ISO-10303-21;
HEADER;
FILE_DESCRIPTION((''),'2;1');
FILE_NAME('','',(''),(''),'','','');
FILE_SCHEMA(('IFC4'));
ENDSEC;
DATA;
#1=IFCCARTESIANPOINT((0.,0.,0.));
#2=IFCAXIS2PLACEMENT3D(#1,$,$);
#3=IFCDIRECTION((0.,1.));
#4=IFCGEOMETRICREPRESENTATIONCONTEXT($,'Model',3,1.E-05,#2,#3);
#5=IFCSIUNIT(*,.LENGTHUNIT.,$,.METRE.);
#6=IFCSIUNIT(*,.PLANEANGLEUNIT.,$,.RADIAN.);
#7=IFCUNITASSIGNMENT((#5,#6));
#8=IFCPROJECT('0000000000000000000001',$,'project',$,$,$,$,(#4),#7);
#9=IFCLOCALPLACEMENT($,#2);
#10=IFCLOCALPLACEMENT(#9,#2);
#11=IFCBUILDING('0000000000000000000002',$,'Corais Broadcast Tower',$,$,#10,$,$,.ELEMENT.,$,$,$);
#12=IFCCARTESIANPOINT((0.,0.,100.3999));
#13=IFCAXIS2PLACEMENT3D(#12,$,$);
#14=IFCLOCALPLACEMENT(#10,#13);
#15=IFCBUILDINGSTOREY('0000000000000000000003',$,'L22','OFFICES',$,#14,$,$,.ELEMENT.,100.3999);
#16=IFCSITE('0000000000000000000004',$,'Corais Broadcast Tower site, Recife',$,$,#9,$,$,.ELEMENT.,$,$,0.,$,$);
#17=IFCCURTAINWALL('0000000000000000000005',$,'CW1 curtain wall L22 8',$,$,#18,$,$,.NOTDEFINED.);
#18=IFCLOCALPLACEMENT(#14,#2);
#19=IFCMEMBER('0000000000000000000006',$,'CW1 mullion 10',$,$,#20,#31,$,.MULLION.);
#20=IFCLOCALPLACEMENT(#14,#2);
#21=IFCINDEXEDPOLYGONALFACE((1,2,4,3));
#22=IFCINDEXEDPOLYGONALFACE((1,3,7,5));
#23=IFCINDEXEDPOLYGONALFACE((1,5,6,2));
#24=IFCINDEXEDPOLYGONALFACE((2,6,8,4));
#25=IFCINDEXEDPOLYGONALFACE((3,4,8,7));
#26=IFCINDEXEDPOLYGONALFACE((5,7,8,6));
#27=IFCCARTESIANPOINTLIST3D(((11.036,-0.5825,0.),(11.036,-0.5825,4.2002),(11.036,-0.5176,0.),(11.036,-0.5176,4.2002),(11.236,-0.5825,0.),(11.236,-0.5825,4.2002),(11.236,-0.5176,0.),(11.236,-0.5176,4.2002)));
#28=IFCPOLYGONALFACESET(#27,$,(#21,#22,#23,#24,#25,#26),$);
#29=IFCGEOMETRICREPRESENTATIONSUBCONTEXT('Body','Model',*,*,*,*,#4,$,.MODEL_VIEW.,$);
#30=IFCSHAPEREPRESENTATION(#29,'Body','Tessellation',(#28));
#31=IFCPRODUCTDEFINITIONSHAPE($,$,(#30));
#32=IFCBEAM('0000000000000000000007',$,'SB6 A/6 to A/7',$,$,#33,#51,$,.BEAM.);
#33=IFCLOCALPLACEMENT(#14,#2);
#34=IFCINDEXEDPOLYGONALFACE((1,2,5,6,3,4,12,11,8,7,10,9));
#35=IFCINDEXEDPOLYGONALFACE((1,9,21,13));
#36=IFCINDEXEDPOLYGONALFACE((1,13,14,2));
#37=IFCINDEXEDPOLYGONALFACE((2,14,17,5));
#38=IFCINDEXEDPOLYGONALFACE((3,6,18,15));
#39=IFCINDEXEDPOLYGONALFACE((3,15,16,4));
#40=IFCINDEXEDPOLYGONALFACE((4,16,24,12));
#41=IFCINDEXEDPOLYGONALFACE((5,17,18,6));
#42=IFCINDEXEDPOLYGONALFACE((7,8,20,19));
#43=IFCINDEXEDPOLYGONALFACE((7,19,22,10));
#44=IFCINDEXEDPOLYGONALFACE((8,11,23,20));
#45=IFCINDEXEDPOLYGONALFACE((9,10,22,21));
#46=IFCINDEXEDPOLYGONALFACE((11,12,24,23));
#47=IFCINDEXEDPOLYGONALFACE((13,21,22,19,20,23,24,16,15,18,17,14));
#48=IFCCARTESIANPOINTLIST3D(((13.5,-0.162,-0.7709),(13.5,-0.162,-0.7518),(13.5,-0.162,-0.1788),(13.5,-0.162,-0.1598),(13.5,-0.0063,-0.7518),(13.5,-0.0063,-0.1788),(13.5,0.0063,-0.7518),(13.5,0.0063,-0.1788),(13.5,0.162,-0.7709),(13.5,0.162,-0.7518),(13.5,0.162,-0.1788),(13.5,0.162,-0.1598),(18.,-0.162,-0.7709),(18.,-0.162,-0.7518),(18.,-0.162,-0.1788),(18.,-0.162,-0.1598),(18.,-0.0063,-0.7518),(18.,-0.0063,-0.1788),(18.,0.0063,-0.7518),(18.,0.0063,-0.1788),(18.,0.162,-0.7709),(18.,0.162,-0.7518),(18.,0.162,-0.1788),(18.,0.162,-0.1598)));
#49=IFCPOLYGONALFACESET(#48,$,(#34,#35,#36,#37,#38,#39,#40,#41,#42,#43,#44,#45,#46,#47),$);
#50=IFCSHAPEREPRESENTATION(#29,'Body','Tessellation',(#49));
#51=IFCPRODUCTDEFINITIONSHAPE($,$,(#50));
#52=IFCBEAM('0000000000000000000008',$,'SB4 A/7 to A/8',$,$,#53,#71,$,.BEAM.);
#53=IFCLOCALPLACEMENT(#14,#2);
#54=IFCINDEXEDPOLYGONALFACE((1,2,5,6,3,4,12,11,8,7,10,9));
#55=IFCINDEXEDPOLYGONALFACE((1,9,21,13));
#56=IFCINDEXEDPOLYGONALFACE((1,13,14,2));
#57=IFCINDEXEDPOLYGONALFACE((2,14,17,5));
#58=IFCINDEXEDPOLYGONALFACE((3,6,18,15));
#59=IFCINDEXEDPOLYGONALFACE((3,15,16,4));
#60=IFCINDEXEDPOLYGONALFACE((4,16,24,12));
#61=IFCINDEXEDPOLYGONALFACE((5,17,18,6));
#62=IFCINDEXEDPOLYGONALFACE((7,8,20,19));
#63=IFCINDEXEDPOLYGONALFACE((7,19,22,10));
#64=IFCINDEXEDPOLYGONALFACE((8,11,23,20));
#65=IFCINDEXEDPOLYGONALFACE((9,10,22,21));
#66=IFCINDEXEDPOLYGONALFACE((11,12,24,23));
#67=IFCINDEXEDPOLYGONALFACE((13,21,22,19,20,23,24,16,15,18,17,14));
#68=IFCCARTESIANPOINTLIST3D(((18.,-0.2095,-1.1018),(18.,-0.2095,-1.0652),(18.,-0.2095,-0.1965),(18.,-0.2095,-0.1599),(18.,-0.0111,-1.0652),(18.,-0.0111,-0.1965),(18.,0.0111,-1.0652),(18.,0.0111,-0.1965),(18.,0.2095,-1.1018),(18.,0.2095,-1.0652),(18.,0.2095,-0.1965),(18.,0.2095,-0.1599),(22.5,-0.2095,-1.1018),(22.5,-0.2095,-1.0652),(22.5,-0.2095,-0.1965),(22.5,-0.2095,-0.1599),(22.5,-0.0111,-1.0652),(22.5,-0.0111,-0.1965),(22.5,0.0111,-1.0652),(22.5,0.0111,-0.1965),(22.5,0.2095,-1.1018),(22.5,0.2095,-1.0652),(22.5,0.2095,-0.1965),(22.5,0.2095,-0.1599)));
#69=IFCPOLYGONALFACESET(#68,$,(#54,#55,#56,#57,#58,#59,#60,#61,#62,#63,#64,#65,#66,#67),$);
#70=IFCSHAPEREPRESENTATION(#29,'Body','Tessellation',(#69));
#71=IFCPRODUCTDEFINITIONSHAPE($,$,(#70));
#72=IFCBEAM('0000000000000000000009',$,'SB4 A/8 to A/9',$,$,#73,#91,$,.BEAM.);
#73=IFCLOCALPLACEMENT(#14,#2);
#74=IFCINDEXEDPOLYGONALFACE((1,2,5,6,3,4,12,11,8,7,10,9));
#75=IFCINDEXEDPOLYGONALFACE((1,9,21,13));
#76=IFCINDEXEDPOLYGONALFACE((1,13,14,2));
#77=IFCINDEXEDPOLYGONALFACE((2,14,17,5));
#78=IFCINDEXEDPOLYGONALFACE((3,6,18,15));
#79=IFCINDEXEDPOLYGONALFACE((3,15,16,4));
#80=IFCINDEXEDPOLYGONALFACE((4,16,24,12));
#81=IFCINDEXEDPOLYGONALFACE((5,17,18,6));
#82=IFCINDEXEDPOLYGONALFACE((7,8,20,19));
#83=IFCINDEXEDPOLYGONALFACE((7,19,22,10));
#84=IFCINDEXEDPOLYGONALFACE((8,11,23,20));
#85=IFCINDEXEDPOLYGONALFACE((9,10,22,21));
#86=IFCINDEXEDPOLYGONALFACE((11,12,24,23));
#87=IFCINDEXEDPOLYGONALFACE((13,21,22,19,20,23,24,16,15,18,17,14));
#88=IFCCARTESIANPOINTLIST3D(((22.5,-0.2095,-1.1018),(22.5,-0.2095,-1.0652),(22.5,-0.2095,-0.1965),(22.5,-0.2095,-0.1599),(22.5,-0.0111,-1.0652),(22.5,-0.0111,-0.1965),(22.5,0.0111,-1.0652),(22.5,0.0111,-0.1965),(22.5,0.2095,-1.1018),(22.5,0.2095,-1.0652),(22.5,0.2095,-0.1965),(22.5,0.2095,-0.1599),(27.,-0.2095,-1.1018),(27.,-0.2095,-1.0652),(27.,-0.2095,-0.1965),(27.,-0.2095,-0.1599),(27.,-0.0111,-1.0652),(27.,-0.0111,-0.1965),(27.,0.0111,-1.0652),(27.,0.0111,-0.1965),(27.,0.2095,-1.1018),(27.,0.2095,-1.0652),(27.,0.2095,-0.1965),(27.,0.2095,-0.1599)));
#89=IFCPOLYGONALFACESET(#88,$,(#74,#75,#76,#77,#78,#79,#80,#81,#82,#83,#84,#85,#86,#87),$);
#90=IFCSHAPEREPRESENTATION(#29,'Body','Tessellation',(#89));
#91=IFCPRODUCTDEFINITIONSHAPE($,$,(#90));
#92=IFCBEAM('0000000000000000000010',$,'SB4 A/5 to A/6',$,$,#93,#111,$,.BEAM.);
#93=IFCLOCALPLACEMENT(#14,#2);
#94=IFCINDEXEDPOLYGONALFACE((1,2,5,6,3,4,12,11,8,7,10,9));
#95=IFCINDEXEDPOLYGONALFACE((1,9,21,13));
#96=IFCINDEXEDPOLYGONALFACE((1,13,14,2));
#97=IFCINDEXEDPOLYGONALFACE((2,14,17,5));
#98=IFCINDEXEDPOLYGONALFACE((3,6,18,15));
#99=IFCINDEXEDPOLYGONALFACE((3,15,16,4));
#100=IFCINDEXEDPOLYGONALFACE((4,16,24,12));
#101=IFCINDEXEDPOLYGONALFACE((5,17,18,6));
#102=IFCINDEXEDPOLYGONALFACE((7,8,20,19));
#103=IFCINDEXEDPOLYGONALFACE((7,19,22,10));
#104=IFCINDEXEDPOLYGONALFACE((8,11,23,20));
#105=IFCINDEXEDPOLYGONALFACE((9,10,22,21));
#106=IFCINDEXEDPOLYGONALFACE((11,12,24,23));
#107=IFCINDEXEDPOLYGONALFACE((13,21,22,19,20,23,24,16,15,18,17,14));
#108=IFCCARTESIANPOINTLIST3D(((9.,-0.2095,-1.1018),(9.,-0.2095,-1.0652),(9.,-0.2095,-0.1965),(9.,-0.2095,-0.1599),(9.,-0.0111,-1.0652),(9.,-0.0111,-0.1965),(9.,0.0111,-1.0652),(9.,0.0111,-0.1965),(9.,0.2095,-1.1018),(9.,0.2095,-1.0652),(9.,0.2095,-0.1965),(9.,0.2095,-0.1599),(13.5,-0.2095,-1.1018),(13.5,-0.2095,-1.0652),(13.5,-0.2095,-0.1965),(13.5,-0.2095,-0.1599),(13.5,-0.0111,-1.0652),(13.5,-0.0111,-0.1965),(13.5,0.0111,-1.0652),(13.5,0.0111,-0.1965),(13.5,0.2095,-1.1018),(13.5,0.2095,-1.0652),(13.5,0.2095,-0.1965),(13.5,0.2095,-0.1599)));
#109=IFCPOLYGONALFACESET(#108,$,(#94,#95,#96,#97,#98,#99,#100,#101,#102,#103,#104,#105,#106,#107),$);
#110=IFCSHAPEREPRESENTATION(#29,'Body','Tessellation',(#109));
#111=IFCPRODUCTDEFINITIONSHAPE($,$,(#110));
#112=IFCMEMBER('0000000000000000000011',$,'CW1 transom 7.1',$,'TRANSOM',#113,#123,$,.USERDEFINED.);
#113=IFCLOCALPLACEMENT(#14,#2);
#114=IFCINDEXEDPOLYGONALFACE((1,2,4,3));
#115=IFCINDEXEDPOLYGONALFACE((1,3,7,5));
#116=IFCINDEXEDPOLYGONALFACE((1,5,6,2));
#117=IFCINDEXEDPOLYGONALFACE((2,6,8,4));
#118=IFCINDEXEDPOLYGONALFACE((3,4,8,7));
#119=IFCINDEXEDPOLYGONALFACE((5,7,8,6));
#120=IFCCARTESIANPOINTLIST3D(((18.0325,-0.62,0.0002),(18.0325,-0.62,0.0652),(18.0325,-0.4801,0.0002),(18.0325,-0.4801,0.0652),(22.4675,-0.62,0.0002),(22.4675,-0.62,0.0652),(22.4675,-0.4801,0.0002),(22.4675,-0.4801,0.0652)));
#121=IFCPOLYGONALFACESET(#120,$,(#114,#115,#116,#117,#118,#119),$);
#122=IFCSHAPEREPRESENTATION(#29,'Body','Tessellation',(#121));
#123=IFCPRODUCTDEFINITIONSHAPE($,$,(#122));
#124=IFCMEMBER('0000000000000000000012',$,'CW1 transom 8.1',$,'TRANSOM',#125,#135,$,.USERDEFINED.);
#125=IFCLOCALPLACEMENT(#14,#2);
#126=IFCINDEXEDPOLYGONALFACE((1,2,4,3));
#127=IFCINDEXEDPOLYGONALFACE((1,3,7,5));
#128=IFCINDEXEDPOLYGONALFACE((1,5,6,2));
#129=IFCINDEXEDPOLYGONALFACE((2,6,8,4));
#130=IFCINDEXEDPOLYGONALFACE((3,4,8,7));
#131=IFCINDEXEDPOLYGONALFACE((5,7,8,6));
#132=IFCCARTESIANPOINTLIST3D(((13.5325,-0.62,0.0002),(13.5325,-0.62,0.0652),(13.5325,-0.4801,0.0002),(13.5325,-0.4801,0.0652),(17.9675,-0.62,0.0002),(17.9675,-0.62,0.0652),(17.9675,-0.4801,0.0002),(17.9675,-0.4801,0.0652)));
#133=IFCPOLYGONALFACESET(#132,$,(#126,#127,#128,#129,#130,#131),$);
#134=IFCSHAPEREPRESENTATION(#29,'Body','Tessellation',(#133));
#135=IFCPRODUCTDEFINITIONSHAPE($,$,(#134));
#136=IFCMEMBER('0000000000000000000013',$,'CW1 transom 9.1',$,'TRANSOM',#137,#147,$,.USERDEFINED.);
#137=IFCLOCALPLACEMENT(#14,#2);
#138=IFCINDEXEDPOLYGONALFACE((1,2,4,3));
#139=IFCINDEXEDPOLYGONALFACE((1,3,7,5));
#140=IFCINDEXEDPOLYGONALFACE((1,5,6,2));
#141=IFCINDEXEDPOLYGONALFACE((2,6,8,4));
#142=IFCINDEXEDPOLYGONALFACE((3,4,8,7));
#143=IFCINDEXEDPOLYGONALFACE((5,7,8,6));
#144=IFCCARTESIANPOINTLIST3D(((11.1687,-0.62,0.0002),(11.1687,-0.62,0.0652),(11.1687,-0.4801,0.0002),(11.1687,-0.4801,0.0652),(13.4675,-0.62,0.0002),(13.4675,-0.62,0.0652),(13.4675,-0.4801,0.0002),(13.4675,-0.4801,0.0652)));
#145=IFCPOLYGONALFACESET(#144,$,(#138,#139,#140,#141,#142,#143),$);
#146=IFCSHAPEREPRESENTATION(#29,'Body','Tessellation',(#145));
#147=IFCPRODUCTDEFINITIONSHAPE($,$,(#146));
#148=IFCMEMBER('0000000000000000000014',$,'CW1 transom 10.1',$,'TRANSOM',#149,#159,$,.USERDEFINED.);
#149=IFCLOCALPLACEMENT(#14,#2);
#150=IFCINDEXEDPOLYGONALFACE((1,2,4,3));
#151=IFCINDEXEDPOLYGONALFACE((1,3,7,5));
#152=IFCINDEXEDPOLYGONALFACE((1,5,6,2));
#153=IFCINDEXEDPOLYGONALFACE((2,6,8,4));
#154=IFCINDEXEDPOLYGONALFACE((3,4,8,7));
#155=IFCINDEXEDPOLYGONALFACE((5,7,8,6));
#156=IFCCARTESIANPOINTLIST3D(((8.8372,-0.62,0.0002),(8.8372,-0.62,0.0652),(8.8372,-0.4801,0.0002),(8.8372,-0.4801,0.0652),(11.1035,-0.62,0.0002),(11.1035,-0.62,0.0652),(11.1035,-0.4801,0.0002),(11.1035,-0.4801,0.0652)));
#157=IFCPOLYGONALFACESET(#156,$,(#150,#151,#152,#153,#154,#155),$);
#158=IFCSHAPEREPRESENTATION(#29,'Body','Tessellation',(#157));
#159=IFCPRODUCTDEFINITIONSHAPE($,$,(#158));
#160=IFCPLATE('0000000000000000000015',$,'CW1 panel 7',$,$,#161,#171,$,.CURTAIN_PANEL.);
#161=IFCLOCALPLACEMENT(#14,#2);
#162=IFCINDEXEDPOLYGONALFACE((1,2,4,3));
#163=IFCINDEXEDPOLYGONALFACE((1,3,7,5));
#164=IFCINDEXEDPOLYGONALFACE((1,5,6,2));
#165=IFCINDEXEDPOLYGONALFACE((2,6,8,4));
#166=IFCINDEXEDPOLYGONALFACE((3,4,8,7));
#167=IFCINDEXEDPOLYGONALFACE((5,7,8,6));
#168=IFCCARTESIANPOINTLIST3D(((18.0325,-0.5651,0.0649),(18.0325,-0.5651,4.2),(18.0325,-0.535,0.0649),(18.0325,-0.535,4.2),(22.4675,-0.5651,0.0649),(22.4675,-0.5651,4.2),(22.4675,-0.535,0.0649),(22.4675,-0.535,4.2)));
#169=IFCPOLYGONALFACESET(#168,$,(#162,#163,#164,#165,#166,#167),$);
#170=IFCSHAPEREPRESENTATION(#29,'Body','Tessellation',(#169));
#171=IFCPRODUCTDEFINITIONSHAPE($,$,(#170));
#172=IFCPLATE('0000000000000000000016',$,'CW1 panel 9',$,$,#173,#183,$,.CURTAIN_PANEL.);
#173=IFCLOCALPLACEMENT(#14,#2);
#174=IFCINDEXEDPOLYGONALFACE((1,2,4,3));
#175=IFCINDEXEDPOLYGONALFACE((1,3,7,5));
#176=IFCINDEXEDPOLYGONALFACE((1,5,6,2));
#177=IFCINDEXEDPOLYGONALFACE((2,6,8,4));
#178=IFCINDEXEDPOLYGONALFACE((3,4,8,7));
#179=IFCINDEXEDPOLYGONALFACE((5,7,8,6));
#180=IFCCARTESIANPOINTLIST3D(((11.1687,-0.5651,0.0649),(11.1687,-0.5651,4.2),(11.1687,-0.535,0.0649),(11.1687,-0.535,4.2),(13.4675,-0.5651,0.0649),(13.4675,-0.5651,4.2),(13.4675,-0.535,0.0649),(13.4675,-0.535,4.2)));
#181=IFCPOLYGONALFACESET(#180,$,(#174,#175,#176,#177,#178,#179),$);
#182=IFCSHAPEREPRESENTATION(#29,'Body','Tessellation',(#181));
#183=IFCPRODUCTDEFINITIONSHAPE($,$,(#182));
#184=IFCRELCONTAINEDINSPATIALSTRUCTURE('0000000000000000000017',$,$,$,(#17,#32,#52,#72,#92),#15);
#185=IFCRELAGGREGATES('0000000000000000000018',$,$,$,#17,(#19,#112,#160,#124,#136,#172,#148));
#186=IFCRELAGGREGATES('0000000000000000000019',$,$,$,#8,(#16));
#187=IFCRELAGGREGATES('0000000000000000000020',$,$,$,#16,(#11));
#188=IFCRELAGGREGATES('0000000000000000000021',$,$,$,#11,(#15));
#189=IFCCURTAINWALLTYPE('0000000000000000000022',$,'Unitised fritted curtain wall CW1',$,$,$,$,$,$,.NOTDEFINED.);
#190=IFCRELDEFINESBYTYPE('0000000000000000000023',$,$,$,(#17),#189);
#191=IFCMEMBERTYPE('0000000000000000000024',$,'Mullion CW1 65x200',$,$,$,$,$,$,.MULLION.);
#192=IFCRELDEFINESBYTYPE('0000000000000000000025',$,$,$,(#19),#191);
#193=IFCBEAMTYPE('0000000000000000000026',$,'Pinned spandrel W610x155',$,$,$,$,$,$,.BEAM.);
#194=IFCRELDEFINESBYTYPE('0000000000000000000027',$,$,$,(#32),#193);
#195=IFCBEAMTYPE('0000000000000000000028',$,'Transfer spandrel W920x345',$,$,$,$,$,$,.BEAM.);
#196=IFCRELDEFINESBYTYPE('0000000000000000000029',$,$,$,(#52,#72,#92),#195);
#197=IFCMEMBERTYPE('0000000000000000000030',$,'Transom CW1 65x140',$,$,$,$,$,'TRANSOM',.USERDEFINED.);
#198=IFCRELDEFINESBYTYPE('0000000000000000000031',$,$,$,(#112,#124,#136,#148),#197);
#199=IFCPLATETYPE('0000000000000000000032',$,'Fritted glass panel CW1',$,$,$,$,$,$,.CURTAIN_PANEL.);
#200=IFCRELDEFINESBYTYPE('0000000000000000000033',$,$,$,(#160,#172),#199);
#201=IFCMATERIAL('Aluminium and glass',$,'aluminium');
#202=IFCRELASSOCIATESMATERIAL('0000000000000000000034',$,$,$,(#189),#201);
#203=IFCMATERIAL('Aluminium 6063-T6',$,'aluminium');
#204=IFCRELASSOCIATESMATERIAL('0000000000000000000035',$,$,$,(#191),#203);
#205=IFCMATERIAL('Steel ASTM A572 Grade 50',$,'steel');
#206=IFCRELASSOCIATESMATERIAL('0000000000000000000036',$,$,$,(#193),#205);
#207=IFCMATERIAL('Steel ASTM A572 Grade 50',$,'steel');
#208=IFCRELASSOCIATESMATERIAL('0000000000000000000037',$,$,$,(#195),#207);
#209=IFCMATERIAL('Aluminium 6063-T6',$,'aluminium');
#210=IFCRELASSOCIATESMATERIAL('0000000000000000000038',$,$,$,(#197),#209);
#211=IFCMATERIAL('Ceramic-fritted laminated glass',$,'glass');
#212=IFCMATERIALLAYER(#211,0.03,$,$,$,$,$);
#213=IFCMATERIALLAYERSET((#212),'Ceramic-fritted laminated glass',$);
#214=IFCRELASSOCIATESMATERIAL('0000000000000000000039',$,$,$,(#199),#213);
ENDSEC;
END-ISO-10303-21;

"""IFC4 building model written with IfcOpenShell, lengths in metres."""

from ifc_helpers import new_model, si_unit, direction, frame, origin, origin_2d, place, context, subcontext, project, spatial, rectangle, i_section, extrude, material, layer, layer_set, material_profile, profile_set, type_object, element, aggregate, save


model = new_model("IFC4")

# Units and contexts
model_context = context("Model", 3, precision=1e-05, world=origin(), true_north=direction((0.0, 1.0)))
body_context = subcontext(model_context, "Body", "Model", "MODEL_VIEW")
ifc_project = project(units=[si_unit("LENGTHUNIT", "METRE"), si_unit("PLANEANGLEUNIT", "RADIAN")], contexts=[model_context])

# Site, building, storey
site_placement = place(None, origin())
site = spatial("IfcSite", under=ifc_project, at=site_placement, Name="Corais Broadcast Tower site, Recife", CompositionType="ELEMENT", RefElevation=0.0)
building_placement = place(site_placement, origin())
building = spatial("IfcBuilding", under=site, at=building_placement, Name="Corais Broadcast Tower", CompositionType="ELEMENT")
storey_placement = place(building_placement, frame((0.0, 0.0, 100.3999)))
storey = spatial("IfcBuildingStorey", under=building, at=storey_placement, Name="L22", Description="OFFICES", CompositionType="ELEMENT", Elevation=100.3999)

# Curtain wall, member
ifc_material_1 = material(Name="Aluminium and glass", Category="aluminium")
curtain_wall_type = type_object("IfcCurtainWallType", Name="Unitised fritted curtain wall CW1", PredefinedType="NOTDEFINED", material=ifc_material_1)
curtain_wall_placement = place(storey_placement, origin())
curtain_wall = element("IfcCurtainWall", 1, at=curtain_wall_placement, inside=storey, type_object=curtain_wall_type, Name="CW1 curtain wall L22 8", PredefinedType="NOTDEFINED")
ifc_material_2 = material(Name="Aluminium 6063-T6", Category="aluminium")
ifc_material_profile_1 = material_profile(ifc_material_2, rectangle(XDim=0.0649, YDim=0.2, at=origin_2d()), Name="Mullion CW1 65x200")
ifc_profile_set_1 = profile_set([ifc_material_profile_1], Name="Aluminium 6063-T6")
member_type_1 = type_object("IfcMemberType", Name="Mullion CW1 65x200", PredefinedType="MULLION", material=ifc_profile_set_1)
member_1_placement = place(storey_placement, frame((11.136, -0.55, 0.0), z_axis=(0.0, 0.0, 1.0), x_axis=(0.0, -1.0, 0.0)))
member_1 = element("IfcMember", 2, at=member_1_placement, type_object=member_type_1, Name="CW1 mullion 10", PredefinedType="MULLION", context=body_context, shape_type="SweptSolid", body=[
    extrude(rectangle(XDim=0.0649, YDim=0.2, at=origin_2d()), origin(), (0.0, 0.0, 1.0), 4.2002),
])

# Beams
ifc_material_3 = material(Name="Steel ASTM A572 Grade 50", Category="steel")
ifc_material_profile_2 = material_profile(ifc_material_3, i_section(OverallWidth=0.324, OverallDepth=0.6111, WebThickness=0.0127, FlangeThickness=0.019, at=origin_2d()), Name="W610x155")
ifc_profile_set_2 = profile_set([ifc_material_profile_2], Name="Steel ASTM A572 Grade 50")
beam_type_1 = type_object("IfcBeamType", Name="Pinned spandrel W610x155", PredefinedType="BEAM", material=ifc_profile_set_2)
beam_1_placement = place(storey_placement, frame((13.5, 0.0, -0.4653), z_axis=(1.0, 0.0, 0.0), x_axis=(0.0, 1.0, 0.0)))
element("IfcBeam", 3, at=beam_1_placement, inside=storey, type_object=beam_type_1, Name="SB6 A/6 to A/7", PredefinedType="BEAM", context=body_context, shape_type="SweptSolid", body=[
    extrude(i_section(OverallWidth=0.324, OverallDepth=0.6111, WebThickness=0.0127, FlangeThickness=0.019, at=origin_2d()), origin(), (0.0, 0.0, 1.0), 4.5),
])
ifc_material_4 = material(Name="Steel ASTM A572 Grade 50", Category="steel")
ifc_material_profile_3 = material_profile(ifc_material_4, i_section(OverallWidth=0.4189, OverallDepth=0.9419, WebThickness=0.0222, FlangeThickness=0.0366, at=origin_2d()), Name="W920x345")
ifc_profile_set_3 = profile_set([ifc_material_profile_3], Name="Steel ASTM A572 Grade 50")
beam_type_2 = type_object("IfcBeamType", Name="Transfer spandrel W920x345", PredefinedType="BEAM", material=ifc_profile_set_3)
for number, where, z_axis, x_axis, name in (
    (4, (18.0, 0.0, -0.6309), (1.0, 0.0, 0.0), (0.0, 1.0, 0.0), "SB4 A/7 to A/8"),
    (5, (22.5, 0.0, -0.6309), (1.0, 0.0, 0.0), (0.0, 1.0, 0.0), "SB4 A/8 to A/9"),
    (6, (9.0, 0.0, -0.6309), (1.0, 0.0, 0.0), (0.0, 1.0, 0.0), "SB4 A/5 to A/6"),
):
    element("IfcBeam", number, at=place(storey_placement, frame(where, z_axis=z_axis, x_axis=x_axis)), inside=storey, type_object=beam_type_2, Name=name, PredefinedType="BEAM", context=body_context, shape_type="SweptSolid", body=[
        extrude(i_section(OverallWidth=0.4189, OverallDepth=0.9419, WebThickness=0.0222, FlangeThickness=0.0366, at=origin_2d()), origin(), (0.0, 0.0, 1.0), 4.5),
    ])

# Members
ifc_material_5 = material(Name="Aluminium 6063-T6", Category="aluminium")
ifc_material_profile_4 = material_profile(ifc_material_5, rectangle(XDim=0.1399, YDim=0.0649, at=origin_2d()), Name="Transom CW1 65x140")
ifc_profile_set_4 = profile_set([ifc_material_profile_4], Name="Aluminium 6063-T6")
member_type_2 = type_object("IfcMemberType", Name="Transom CW1 65x140", ElementType="TRANSOM", PredefinedType="USERDEFINED", material=ifc_profile_set_4)
member_2_placement = place(storey_placement, frame((22.4675, -0.55, 0.0327), z_axis=(-1.0, 0.0, 0.0), x_axis=(0.0, -1.0, 0.0)))
member_2 = element("IfcMember", 7, at=member_2_placement, type_object=member_type_2, Name="CW1 transom 7.1", ObjectType="TRANSOM", PredefinedType="USERDEFINED", context=body_context, shape_type="SweptSolid", body=[
    extrude(rectangle(XDim=0.1399, YDim=0.0649, at=origin_2d()), origin(), (0.0, 0.0, 1.0), 4.4351),
])
member_3_placement = place(storey_placement, frame((17.9675, -0.55, 0.0327), z_axis=(-1.0, 0.0, 0.0), x_axis=(0.0, -1.0, 0.0)))
member_3 = element("IfcMember", 8, at=member_3_placement, type_object=member_type_2, Name="CW1 transom 8.1", ObjectType="TRANSOM", PredefinedType="USERDEFINED", context=body_context, shape_type="SweptSolid", body=[
    extrude(rectangle(XDim=0.1399, YDim=0.0649, at=origin_2d()), origin(), (0.0, 0.0, 1.0), 4.4351),
])
member_4_placement = place(storey_placement, frame((13.4675, -0.55, 0.0327), z_axis=(-1.0, 0.0, 0.0), x_axis=(0.0, -1.0, 0.0)))
member_4 = element("IfcMember", 9, at=member_4_placement, type_object=member_type_2, Name="CW1 transom 9.1", ObjectType="TRANSOM", PredefinedType="USERDEFINED", context=body_context, shape_type="SweptSolid", body=[
    extrude(rectangle(XDim=0.1399, YDim=0.0649, at=origin_2d()), origin(), (0.0, 0.0, 1.0), 2.2988),
])
member_5_placement = place(storey_placement, frame((11.1035, -0.55, 0.0327), z_axis=(-1.0, 0.0, 0.0), x_axis=(0.0, -1.0, 0.0)))
member_5 = element("IfcMember", 10, at=member_5_placement, type_object=member_type_2, Name="CW1 transom 10.1", ObjectType="TRANSOM", PredefinedType="USERDEFINED", context=body_context, shape_type="SweptSolid", body=[
    extrude(rectangle(XDim=0.1399, YDim=0.0649, at=origin_2d()), origin(), (0.0, 0.0, 1.0), 2.2664),
])

# Plates
ifc_material_6 = material(Name="Ceramic-fritted laminated glass", Category="glass")
ifc_layer_1 = layer(ifc_material_6, 0.03)
ifc_layer_set_1 = layer_set([ifc_layer_1], Name="Ceramic-fritted laminated glass")
plate_type_1 = type_object("IfcPlateType", Name="Fritted glass panel CW1", PredefinedType="CURTAIN_PANEL", material=ifc_layer_set_1)
plate_1_placement = place(storey_placement, frame((20.25, -0.55, 0.0649), z_axis=(0.0, 0.0, 1.0), x_axis=(-1.0, 0.0, 0.0)))
plate_1 = element("IfcPlate", 11, at=plate_1_placement, type_object=plate_type_1, Name="CW1 panel 7", PredefinedType="CURTAIN_PANEL", context=body_context, shape_type="SweptSolid", body=[
    extrude(rectangle(XDim=4.4351, YDim=0.03, at=origin_2d()), origin(), (0.0, 0.0, 1.0), 4.135),
])
plate_2_placement = place(storey_placement, frame((12.3181, -0.55, 0.0649), z_axis=(0.0, 0.0, 1.0), x_axis=(-1.0, 0.0, 0.0)))
plate_2 = element("IfcPlate", 12, at=plate_2_placement, type_object=plate_type_1, Name="CW1 panel 9", PredefinedType="CURTAIN_PANEL", context=body_context, shape_type="SweptSolid", body=[
    extrude(rectangle(XDim=2.2988, YDim=0.03, at=origin_2d()), origin(), (0.0, 0.0, 1.0), 4.135),
])
aggregate(curtain_wall, [member_1, member_2, plate_1, member_3, member_4, plate_2, member_5])

save(model, "model.ifc")
